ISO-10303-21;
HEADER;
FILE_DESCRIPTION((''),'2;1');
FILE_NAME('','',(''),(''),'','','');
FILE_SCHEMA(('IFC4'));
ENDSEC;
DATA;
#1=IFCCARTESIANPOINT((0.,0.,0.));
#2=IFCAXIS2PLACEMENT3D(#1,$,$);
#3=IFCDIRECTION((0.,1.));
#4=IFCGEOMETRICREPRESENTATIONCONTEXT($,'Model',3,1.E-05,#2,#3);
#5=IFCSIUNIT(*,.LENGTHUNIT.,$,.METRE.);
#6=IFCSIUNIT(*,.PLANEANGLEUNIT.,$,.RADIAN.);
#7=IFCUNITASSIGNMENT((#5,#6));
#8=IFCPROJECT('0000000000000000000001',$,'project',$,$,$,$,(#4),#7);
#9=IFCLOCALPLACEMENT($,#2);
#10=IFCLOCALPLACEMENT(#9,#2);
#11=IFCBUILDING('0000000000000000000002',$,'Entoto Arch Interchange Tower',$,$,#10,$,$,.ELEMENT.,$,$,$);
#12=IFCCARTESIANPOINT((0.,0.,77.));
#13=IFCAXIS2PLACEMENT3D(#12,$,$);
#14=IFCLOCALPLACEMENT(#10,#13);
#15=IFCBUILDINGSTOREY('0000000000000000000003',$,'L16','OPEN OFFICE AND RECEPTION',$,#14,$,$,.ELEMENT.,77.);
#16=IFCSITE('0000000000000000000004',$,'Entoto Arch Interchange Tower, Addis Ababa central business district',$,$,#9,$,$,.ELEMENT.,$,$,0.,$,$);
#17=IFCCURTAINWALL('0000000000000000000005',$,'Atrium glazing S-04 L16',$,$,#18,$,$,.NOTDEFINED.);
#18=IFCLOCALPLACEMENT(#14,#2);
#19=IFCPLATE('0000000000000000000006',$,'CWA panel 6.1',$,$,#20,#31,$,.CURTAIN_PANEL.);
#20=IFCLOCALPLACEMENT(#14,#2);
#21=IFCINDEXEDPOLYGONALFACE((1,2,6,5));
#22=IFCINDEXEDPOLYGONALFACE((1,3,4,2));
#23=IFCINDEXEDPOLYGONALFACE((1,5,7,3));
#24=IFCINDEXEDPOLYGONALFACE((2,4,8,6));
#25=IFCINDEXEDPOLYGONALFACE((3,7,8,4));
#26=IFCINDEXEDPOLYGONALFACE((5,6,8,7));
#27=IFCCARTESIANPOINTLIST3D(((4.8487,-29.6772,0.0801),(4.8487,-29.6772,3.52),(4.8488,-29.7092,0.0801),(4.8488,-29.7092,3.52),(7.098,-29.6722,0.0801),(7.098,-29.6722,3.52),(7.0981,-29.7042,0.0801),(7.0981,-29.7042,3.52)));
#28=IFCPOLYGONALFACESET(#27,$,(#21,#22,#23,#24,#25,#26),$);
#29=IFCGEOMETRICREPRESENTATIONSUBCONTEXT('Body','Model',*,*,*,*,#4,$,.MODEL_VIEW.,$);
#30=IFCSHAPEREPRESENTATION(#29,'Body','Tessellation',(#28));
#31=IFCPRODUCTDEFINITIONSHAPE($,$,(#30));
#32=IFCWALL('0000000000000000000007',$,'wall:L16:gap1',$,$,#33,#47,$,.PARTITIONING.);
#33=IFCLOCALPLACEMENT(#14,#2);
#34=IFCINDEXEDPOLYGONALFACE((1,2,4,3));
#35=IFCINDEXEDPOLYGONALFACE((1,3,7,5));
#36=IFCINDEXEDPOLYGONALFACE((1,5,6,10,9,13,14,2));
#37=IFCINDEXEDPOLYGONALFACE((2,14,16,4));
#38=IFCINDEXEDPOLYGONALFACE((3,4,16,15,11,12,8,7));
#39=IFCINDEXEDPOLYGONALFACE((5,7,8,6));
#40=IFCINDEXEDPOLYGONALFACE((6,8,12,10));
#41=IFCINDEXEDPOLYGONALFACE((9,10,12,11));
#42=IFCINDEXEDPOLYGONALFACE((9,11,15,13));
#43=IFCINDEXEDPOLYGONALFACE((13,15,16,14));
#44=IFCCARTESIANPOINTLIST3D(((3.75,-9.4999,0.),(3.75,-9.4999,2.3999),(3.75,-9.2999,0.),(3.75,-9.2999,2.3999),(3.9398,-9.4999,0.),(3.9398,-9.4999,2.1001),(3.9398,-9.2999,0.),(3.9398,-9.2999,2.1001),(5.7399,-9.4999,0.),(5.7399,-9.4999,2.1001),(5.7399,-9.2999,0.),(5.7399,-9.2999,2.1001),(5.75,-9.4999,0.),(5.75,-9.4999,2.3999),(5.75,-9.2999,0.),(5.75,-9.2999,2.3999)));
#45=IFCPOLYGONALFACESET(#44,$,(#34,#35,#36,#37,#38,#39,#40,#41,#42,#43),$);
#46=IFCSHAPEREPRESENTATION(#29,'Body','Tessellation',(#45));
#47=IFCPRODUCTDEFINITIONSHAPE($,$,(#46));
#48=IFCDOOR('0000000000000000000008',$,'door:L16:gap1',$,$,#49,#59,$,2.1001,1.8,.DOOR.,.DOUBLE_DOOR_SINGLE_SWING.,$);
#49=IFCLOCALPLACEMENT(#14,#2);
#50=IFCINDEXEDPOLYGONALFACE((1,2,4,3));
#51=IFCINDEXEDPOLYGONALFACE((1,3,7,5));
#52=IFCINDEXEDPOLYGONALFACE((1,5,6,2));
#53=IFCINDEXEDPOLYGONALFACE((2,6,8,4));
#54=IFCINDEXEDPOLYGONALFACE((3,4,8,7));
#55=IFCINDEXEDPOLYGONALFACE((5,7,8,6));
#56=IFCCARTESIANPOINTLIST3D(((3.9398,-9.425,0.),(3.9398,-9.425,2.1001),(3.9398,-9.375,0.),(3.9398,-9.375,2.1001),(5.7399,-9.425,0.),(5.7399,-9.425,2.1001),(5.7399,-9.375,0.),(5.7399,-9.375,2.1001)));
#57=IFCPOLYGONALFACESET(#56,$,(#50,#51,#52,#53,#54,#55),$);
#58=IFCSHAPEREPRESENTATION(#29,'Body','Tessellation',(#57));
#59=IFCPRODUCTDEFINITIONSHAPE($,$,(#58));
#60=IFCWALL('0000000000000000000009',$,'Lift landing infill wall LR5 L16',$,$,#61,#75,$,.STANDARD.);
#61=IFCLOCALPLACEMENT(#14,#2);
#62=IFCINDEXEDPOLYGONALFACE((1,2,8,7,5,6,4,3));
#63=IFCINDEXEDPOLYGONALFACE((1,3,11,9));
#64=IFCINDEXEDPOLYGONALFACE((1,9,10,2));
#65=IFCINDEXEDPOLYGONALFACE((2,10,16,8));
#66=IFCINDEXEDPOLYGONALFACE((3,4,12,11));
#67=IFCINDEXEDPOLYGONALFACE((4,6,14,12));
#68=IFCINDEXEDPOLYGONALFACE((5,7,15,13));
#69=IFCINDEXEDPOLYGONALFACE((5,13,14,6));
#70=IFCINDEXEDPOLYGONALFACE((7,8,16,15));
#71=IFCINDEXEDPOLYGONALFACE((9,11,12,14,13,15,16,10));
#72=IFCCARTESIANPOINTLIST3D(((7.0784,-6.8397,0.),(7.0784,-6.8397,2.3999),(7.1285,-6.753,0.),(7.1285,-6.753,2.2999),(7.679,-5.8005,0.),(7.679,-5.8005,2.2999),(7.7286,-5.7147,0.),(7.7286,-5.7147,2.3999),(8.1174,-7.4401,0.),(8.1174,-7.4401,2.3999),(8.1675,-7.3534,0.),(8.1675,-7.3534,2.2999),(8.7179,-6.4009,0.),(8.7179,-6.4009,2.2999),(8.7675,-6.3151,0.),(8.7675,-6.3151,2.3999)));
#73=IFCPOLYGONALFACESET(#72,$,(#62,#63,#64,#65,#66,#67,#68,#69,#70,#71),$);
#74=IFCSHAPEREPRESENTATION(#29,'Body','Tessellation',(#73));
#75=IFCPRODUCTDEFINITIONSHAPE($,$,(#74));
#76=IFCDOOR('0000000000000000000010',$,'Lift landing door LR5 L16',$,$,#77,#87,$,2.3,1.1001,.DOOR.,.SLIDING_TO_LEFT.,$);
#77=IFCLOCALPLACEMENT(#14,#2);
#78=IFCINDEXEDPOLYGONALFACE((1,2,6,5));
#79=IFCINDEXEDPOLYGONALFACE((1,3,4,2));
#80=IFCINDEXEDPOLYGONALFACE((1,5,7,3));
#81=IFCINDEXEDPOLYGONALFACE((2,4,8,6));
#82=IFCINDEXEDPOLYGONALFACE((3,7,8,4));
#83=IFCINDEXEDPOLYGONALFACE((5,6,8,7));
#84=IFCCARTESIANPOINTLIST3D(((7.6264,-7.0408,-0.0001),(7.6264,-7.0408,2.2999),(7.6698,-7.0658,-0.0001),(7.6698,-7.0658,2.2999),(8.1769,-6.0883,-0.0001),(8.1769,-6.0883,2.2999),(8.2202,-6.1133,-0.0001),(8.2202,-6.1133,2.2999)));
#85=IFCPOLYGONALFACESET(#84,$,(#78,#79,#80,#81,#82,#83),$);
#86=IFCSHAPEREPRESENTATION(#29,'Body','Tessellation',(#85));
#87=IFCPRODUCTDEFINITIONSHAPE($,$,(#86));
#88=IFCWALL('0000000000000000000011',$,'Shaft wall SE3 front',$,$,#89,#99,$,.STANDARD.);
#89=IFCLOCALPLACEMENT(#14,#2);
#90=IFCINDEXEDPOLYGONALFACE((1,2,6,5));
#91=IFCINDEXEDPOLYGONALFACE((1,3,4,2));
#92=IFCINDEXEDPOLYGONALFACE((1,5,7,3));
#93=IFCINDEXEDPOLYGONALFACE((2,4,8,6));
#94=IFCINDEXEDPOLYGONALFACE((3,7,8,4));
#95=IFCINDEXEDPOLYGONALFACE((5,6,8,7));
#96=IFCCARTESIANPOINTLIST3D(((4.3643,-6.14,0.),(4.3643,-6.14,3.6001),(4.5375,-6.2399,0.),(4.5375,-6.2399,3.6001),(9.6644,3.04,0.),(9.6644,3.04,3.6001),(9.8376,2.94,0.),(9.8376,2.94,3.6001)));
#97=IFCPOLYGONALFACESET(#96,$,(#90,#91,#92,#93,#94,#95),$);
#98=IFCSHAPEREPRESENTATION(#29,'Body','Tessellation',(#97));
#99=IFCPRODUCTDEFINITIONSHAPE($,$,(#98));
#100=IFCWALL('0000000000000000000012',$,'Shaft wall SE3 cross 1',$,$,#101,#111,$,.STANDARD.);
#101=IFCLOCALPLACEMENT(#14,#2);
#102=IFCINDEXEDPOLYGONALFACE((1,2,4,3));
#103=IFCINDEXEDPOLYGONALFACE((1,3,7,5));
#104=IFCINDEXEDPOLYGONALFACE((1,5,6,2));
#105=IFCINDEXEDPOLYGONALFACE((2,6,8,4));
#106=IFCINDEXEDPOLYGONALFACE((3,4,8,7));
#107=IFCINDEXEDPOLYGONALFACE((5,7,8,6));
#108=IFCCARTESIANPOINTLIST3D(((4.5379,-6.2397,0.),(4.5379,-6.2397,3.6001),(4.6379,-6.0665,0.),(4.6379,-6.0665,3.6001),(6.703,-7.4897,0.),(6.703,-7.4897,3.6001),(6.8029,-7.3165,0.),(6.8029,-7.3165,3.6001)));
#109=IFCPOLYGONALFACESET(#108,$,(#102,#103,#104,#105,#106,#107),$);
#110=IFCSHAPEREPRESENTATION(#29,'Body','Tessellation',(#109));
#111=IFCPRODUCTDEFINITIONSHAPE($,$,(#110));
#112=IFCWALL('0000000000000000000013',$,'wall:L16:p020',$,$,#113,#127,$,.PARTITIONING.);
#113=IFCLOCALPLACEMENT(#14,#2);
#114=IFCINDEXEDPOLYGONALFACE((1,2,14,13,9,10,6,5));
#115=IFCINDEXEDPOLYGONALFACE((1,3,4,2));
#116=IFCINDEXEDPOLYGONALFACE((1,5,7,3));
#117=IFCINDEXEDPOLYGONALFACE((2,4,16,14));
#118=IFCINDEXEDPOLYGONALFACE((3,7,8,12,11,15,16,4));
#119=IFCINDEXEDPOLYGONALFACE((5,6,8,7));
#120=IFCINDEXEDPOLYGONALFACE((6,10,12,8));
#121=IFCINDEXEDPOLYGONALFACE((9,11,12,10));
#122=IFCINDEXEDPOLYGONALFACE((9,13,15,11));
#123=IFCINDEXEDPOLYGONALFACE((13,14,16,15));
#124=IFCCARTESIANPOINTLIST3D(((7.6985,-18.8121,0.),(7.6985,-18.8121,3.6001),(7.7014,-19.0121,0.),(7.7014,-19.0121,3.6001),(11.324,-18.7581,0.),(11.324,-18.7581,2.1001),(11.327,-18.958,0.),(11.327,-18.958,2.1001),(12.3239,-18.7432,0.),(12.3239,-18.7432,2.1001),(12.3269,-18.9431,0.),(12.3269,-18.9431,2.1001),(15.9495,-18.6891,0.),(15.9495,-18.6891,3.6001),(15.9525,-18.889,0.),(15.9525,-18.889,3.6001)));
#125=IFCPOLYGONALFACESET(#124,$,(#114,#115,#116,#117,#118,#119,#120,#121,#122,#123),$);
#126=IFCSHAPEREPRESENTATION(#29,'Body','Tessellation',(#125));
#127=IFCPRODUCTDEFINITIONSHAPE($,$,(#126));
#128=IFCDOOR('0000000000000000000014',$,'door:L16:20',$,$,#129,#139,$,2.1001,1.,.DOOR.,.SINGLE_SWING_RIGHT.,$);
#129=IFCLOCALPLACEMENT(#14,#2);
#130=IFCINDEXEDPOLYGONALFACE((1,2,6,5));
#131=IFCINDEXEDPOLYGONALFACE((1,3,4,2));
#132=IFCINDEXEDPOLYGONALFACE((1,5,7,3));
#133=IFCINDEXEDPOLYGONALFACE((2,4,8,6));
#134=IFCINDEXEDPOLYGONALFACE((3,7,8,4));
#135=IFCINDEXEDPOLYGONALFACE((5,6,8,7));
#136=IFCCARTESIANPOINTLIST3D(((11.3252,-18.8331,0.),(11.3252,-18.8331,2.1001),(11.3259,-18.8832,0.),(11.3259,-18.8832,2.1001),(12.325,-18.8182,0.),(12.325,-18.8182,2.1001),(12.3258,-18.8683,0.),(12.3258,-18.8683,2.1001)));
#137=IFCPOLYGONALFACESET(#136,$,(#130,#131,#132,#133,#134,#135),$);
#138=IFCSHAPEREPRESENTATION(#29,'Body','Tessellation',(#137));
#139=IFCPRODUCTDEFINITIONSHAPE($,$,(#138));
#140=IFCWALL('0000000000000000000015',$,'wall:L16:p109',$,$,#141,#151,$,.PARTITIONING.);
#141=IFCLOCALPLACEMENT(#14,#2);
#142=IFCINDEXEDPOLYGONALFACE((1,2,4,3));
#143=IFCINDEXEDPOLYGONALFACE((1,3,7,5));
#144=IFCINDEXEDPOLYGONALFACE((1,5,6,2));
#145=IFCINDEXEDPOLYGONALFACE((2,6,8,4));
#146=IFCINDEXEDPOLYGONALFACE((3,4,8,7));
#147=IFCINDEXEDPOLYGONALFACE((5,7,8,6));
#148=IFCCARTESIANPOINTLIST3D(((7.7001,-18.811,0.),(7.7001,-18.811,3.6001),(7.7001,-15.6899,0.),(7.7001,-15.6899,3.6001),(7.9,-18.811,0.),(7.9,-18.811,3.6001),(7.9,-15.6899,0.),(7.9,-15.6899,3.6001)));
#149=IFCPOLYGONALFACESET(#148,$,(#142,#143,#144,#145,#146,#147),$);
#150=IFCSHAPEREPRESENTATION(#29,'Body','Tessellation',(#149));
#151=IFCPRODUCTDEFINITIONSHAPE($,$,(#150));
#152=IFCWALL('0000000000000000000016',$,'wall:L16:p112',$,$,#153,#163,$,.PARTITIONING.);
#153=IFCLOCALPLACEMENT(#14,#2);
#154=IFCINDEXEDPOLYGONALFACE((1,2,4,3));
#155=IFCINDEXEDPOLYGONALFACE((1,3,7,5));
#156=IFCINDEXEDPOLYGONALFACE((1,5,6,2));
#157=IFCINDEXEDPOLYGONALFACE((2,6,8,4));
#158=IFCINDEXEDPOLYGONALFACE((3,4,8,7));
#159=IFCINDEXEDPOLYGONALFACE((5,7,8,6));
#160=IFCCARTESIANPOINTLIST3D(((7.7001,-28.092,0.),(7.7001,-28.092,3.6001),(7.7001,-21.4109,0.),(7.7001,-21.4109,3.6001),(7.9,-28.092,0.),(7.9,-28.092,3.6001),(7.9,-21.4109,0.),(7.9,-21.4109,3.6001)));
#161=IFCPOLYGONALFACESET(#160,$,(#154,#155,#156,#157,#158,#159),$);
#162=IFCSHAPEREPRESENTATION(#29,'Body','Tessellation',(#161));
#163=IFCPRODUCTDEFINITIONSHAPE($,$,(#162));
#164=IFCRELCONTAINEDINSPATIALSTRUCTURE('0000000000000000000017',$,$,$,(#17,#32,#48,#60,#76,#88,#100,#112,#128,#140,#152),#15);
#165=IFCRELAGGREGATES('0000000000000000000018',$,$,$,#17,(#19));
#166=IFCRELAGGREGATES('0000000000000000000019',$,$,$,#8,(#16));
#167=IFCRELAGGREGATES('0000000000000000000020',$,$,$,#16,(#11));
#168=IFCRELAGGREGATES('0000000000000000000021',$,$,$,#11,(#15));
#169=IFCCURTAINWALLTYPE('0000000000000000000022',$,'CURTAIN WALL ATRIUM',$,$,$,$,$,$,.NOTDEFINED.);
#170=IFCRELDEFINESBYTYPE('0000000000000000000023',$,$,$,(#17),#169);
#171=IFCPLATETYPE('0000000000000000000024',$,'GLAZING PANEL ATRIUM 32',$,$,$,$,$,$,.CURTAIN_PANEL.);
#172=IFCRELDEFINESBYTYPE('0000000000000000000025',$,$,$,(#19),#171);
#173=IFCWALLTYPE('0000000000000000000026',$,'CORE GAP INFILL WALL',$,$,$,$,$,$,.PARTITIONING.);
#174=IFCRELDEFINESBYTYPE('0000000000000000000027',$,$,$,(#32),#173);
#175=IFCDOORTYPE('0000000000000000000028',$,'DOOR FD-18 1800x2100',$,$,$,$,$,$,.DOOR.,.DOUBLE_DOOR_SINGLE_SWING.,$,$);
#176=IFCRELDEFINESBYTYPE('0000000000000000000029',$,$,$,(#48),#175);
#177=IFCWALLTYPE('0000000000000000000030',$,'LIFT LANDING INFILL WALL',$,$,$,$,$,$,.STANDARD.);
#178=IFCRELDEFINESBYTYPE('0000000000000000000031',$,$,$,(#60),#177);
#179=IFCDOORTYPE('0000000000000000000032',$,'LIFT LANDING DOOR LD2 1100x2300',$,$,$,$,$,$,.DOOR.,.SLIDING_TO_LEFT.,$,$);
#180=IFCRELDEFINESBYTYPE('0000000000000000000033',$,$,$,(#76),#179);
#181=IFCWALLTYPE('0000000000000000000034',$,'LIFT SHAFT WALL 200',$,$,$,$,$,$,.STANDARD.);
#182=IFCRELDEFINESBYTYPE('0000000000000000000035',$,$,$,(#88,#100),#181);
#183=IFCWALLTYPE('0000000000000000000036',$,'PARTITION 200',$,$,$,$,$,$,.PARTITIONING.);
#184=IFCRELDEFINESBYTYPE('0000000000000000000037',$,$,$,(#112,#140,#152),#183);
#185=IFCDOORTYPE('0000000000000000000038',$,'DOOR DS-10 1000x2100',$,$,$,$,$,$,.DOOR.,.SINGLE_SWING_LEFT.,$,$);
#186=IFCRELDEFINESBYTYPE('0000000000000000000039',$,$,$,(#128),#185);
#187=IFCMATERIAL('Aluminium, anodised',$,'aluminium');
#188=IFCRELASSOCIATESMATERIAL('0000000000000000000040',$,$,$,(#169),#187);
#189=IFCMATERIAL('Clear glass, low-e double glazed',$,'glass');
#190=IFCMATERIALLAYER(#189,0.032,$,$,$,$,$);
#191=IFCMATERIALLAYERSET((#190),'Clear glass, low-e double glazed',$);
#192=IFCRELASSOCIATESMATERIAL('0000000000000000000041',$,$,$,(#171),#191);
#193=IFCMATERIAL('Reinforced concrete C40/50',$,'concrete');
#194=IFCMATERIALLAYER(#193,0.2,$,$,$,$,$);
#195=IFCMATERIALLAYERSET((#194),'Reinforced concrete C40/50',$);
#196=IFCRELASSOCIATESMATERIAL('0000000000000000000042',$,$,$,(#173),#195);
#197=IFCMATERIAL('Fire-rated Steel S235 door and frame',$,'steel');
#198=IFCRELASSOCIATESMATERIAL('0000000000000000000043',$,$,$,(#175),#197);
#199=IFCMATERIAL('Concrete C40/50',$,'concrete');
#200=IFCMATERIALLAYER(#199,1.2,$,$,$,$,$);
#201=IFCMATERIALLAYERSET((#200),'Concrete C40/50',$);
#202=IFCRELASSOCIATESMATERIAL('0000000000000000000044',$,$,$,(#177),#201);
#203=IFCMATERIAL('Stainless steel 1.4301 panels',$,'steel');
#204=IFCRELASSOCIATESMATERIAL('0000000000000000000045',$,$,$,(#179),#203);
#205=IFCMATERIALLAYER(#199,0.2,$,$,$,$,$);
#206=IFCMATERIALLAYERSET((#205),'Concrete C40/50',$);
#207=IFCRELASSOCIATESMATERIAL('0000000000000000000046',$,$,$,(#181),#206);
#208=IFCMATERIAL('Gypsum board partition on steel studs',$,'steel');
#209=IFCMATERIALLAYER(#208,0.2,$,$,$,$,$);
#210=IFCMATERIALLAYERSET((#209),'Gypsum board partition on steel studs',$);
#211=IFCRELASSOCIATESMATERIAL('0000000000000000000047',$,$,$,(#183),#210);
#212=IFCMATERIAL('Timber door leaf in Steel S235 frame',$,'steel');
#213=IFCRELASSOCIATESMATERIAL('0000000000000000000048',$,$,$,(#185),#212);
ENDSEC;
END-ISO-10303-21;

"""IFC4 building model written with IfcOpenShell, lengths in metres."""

from ifc_helpers import new_model, si_unit, direction, frame, frame_2d, origin, origin_2d, place, context, subcontext, project, spatial, rectangle, extrude, material, layer, layer_set, type_object, element, fill, aggregate, save


model = new_model("IFC4")

# Units and contexts
model_context = context("Model", 3, precision=1e-05, world=origin(), true_north=direction((0.0, 1.0)))
body_context = subcontext(model_context, "Body", "Model", "MODEL_VIEW")
ifc_project = project(units=[si_unit("LENGTHUNIT", "METRE"), si_unit("PLANEANGLEUNIT", "RADIAN")], contexts=[model_context])

# Site, building, storey
site_placement = place(None, origin())
site = spatial("IfcSite", under=ifc_project, at=site_placement, Name="Entoto Arch Interchange Tower, Addis Ababa central business district", CompositionType="ELEMENT", RefElevation=0.0)
building_placement = place(site_placement, origin())
building = spatial("IfcBuilding", under=site, at=building_placement, Name="Entoto Arch Interchange Tower", CompositionType="ELEMENT")
storey_placement = place(building_placement, frame((0.0, 0.0, 77.0)))
storey = spatial("IfcBuildingStorey", under=building, at=storey_placement, Name="L16", Description="OPEN OFFICE AND RECEPTION", CompositionType="ELEMENT", Elevation=77.0)

# Curtain wall, plate
ifc_material_1 = material(Name="Aluminium, anodised", Category="aluminium")
curtain_wall_type = type_object("IfcCurtainWallType", Name="CURTAIN WALL ATRIUM", PredefinedType="NOTDEFINED", material=ifc_material_1)
curtain_wall_placement = place(storey_placement, origin())
curtain_wall = element("IfcCurtainWall", 1, at=curtain_wall_placement, inside=storey, type_object=curtain_wall_type, Name="Atrium glazing S-04 L16", PredefinedType="NOTDEFINED")
ifc_material_2 = material(Name="Clear glass, low-e double glazed", Category="glass")
ifc_layer_1 = layer(ifc_material_2, 0.032)
ifc_layer_set_1 = layer_set([ifc_layer_1], Name="Clear glass, low-e double glazed")
plate_type = type_object("IfcPlateType", Name="GLAZING PANEL ATRIUM 32", PredefinedType="CURTAIN_PANEL", material=ifc_layer_set_1)
plate_1_placement = place(storey_placement, frame((5.9734, -29.6907, 0.0801), z_axis=(0.0, 0.0, 1.0), x_axis=(0.999998, 0.002223, 0.0)))
plate_1 = element("IfcPlate", 2, at=plate_1_placement, type_object=plate_type, Name="CWA panel 6.1", PredefinedType="CURTAIN_PANEL", context=body_context, shape_type="SweptSolid", body=[
    extrude(rectangle(XDim=2.2493, YDim=0.032, at=origin_2d()), origin(), (0.0, 0.0, 1.0), 3.4399),
])
aggregate(curtain_wall, [plate_1])

# Walls, openings, doors
ifc_material_3 = material(Name="Reinforced concrete C40/50", Category="concrete")
ifc_layer_2 = layer(ifc_material_3, 0.2)
ifc_layer_set_2 = layer_set([ifc_layer_2], Name="Reinforced concrete C40/50")
wall_type_1 = type_object("IfcWallType", Name="CORE GAP INFILL WALL", PredefinedType="PARTITIONING", material=ifc_layer_set_2)
wall_1_placement = place(storey_placement, frame((3.75, -9.3999, 0.0), z_axis=(0.0, 0.0, 1.0), x_axis=(1.0, 0.0, 0.0)))
wall_1 = element("IfcWall", 3, at=wall_1_placement, inside=storey, type_object=wall_type_1, Name="wall:L16:gap1", PredefinedType="PARTITIONING", context=body_context, shape_type="SweptSolid", body=[
    extrude(rectangle(XDim=2.0, YDim=0.2, at=frame_2d((1.0, 0.0))), origin(), (0.0, 0.0, 1.0), 2.3999),
])
opening_1_placement = place(wall_1_placement, frame((0.1899, 0.0, 0.0)))
opening_1 = element("IfcOpeningElement", 4, at=opening_1_placement, cuts=wall_1, PredefinedType="OPENING", context=body_context, shape_type="SweptSolid", body=[
    extrude(rectangle(XDim=1.8, YDim=2.1001, at=frame_2d((0.8999, 1.05))), frame((0.0, 0.1099, 0.0), z_axis=(0.0, -1.0, 0.0), x_axis=(1.0, 0.0, 0.0)), (0.0, 0.0, 1.0), 0.22),
])
ifc_material_4 = material(Name="Fire-rated Steel S235 door and frame", Category="steel")
door_type_1 = type_object("IfcDoorType", Name="DOOR FD-18 1800x2100", OperationType="DOUBLE_DOOR_SINGLE_SWING", PredefinedType="DOOR", material=ifc_material_4)
door_1_placement = place(opening_1_placement, origin())
door_1 = element("IfcDoor", 5, at=door_1_placement, inside=storey, type_object=door_type_1, Name="door:L16:gap1", OperationType="DOUBLE_DOOR_SINGLE_SWING", OverallHeight=2.1001, OverallWidth=1.8, PredefinedType="DOOR", context=body_context, shape_type="SweptSolid", body=[
    extrude(rectangle(XDim=1.8, YDim=2.1001, at=frame_2d((0.8999, 1.05))), frame((0.0, 0.0249, 0.0), z_axis=(0.0, -1.0, 0.0), x_axis=(1.0, 0.0, 0.0)), (0.0, 0.0, 1.0), 0.05),
])
fill(opening_1, door_1)
ifc_material_5 = material(Name="Concrete C40/50", Category="concrete")
ifc_layer_3 = layer(ifc_material_5, 1.2)
ifc_layer_set_3 = layer_set([ifc_layer_3], Name="Concrete C40/50")
wall_type_2 = type_object("IfcWallType", Name="LIFT LANDING INFILL WALL", PredefinedType="STANDARD", material=ifc_layer_set_3)
wall_2_placement = place(storey_placement, frame((7.5979, -7.1399, 0.0), z_axis=(0.0, 0.0, 1.0), x_axis=(0.500362, 0.865816, 0.0)))
wall_2 = element("IfcWall", 6, at=wall_2_placement, inside=storey, type_object=wall_type_2, Name="Lift landing infill wall LR5 L16", PredefinedType="STANDARD", context=body_context, shape_type="SweptSolid", body=[
    extrude(rectangle(XDim=1.2993, YDim=1.2, at=frame_2d((0.6497, 0.0))), origin(), (0.0, 0.0, 1.0), 2.3999),
])
opening_2_placement = place(wall_2_placement, frame((0.1001, 0.0, 0.0)))
opening_2 = element("IfcOpeningElement", 7, at=opening_2_placement, cuts=wall_2, PredefinedType="OPENING", context=body_context, shape_type="SweptSolid", body=[
    extrude(rectangle(XDim=1.1001, YDim=2.3, at=frame_2d((0.55, 1.1499))), frame((0.0, 0.6099, 0.0), z_axis=(0.0, -1.0, 0.0), x_axis=(1.0, 0.0, 0.0)), (0.0, 0.0, 1.0), 1.22),
])
ifc_material_6 = material(Name="Stainless steel 1.4301 panels", Category="steel")
door_type_2 = type_object("IfcDoorType", Name="LIFT LANDING DOOR LD2 1100x2300", OperationType="SLIDING_TO_LEFT", PredefinedType="DOOR", material=ifc_material_6)
door_2_placement = place(opening_2_placement, origin())
door_2 = element("IfcDoor", 8, at=door_2_placement, inside=storey, type_object=door_type_2, Name="Lift landing door LR5 L16", OperationType="SLIDING_TO_LEFT", OverallHeight=2.3, OverallWidth=1.1001, PredefinedType="DOOR", context=body_context, shape_type="SweptSolid", body=[
    extrude(rectangle(XDim=1.1001, YDim=2.3, at=frame_2d((0.55, 1.1499))), frame((0.0, 0.0249, 0.0), z_axis=(0.0, -1.0, 0.0), x_axis=(1.0, 0.0, 0.0)), (0.0, 0.0, 1.0), 0.05),
])
fill(opening_2, door_2)

# Walls
ifc_layer_4 = layer(ifc_material_5, 0.2)
ifc_layer_set_4 = layer_set([ifc_layer_4], Name="Concrete C40/50")
wall_type_3 = type_object("IfcWallType", Name="LIFT SHAFT WALL 200", PredefinedType="STANDARD", material=ifc_layer_set_4)
wall_3_placement = place(storey_placement, frame((4.4509, -6.1899, 0.0), z_axis=(0.0, 0.0, 1.0), x_axis=(0.500001, 0.866025, 0.0)))
element("IfcWall", 9, at=wall_3_placement, inside=storey, type_object=wall_type_3, Name="Shaft wall SE3 front", PredefinedType="STANDARD", context=body_context, shape_type="SweptSolid", body=[
    extrude(rectangle(XDim=10.6001, YDim=0.2, at=frame_2d((5.3, 0.0))), origin(), (0.0, 0.0, 1.0), 3.6001),
])
wall_4_placement = place(storey_placement, frame((4.5879, -6.1531, 0.0), z_axis=(0.0, 0.0, 1.0), x_axis=(0.866023, -0.500004, 0.0)))
element("IfcWall", 10, at=wall_4_placement, inside=storey, type_object=wall_type_3, Name="Shaft wall SE3 cross 1", PredefinedType="STANDARD", context=body_context, shape_type="SweptSolid", body=[
    extrude(rectangle(XDim=2.5, YDim=0.2, at=frame_2d((1.25, 0.0))), origin(), (0.0, 0.0, 1.0), 3.6001),
])

# Wall, opening, door
ifc_material_7 = material(Name="Gypsum board partition on steel studs", Category="steel")
ifc_layer_5 = layer(ifc_material_7, 0.2)
ifc_layer_set_5 = layer_set([ifc_layer_5], Name="Gypsum board partition on steel studs")
wall_type_4 = type_object("IfcWallType", Name="PARTITION 200", PredefinedType="PARTITIONING", material=ifc_layer_set_5)
wall_5_placement = place(storey_placement, frame((7.7, -18.9121, 0.0), z_axis=(0.0, 0.0, 1.0), x_axis=(0.999889, 0.014911, 0.0)))
wall_5 = element("IfcWall", 11, at=wall_5_placement, inside=storey, type_object=wall_type_4, Name="wall:L16:p020", PredefinedType="PARTITIONING", context=body_context, shape_type="SweptSolid", body=[
    extrude(rectangle(XDim=8.252, YDim=0.2, at=frame_2d((4.126, 0.0))), origin(), (0.0, 0.0, 1.0), 3.6001),
])
opening_3_placement = place(wall_5_placement, frame((3.626, 0.0, 0.0)))
opening_3 = element("IfcOpeningElement", 12, at=opening_3_placement, cuts=wall_5, PredefinedType="OPENING", context=body_context, shape_type="SweptSolid", body=[
    extrude(rectangle(XDim=1.0, YDim=2.1001, at=frame_2d((0.5, 1.05))), frame((0.0, 0.1099, 0.0), z_axis=(0.0, -1.0, 0.0), x_axis=(1.0, 0.0, 0.0)), (0.0, 0.0, 1.0), 0.22),
])
ifc_material_8 = material(Name="Timber door leaf in Steel S235 frame", Category="steel")
door_type_3 = type_object("IfcDoorType", Name="DOOR DS-10 1000x2100", OperationType="SINGLE_SWING_LEFT", PredefinedType="DOOR", material=ifc_material_8)
door_3_placement = place(opening_3_placement, origin())
door_3 = element("IfcDoor", 13, at=door_3_placement, inside=storey, type_object=door_type_3, Name="door:L16:20", OperationType="SINGLE_SWING_RIGHT", OverallHeight=2.1001, OverallWidth=1.0, PredefinedType="DOOR", context=body_context, shape_type="SweptSolid", body=[
    extrude(rectangle(XDim=1.0, YDim=2.1001, at=frame_2d((0.5, 1.05))), frame((0.0, 0.0249, 0.0), z_axis=(0.0, -1.0, 0.0), x_axis=(1.0, 0.0, 0.0)), (0.0, 0.0, 1.0), 0.05),
])
fill(opening_3, door_3)

# Walls
wall_6_placement = place(storey_placement, frame((7.8, -15.6899, 0.0), z_axis=(0.0, 0.0, 1.0), x_axis=(0.0, -1.0, 0.0)))
element("IfcWall", 14, at=wall_6_placement, inside=storey, type_object=wall_type_4, Name="wall:L16:p109", PredefinedType="PARTITIONING", context=body_context, shape_type="SweptSolid", body=[
    extrude(rectangle(XDim=3.1211, YDim=0.2, at=frame_2d((1.5605, 0.0))), origin(), (0.0, 0.0, 1.0), 3.6001),
])
wall_7_placement = place(storey_placement, frame((7.8, -21.4109, 0.0), z_axis=(0.0, 0.0, 1.0), x_axis=(0.0, -1.0, 0.0)))
element("IfcWall", 15, at=wall_7_placement, inside=storey, type_object=wall_type_4, Name="wall:L16:p112", PredefinedType="PARTITIONING", context=body_context, shape_type="SweptSolid", body=[
    extrude(rectangle(XDim=6.6812, YDim=0.2, at=frame_2d((3.3406, 0.0))), origin(), (0.0, 0.0, 1.0), 3.6001),
])

save(model, "model.ifc")
